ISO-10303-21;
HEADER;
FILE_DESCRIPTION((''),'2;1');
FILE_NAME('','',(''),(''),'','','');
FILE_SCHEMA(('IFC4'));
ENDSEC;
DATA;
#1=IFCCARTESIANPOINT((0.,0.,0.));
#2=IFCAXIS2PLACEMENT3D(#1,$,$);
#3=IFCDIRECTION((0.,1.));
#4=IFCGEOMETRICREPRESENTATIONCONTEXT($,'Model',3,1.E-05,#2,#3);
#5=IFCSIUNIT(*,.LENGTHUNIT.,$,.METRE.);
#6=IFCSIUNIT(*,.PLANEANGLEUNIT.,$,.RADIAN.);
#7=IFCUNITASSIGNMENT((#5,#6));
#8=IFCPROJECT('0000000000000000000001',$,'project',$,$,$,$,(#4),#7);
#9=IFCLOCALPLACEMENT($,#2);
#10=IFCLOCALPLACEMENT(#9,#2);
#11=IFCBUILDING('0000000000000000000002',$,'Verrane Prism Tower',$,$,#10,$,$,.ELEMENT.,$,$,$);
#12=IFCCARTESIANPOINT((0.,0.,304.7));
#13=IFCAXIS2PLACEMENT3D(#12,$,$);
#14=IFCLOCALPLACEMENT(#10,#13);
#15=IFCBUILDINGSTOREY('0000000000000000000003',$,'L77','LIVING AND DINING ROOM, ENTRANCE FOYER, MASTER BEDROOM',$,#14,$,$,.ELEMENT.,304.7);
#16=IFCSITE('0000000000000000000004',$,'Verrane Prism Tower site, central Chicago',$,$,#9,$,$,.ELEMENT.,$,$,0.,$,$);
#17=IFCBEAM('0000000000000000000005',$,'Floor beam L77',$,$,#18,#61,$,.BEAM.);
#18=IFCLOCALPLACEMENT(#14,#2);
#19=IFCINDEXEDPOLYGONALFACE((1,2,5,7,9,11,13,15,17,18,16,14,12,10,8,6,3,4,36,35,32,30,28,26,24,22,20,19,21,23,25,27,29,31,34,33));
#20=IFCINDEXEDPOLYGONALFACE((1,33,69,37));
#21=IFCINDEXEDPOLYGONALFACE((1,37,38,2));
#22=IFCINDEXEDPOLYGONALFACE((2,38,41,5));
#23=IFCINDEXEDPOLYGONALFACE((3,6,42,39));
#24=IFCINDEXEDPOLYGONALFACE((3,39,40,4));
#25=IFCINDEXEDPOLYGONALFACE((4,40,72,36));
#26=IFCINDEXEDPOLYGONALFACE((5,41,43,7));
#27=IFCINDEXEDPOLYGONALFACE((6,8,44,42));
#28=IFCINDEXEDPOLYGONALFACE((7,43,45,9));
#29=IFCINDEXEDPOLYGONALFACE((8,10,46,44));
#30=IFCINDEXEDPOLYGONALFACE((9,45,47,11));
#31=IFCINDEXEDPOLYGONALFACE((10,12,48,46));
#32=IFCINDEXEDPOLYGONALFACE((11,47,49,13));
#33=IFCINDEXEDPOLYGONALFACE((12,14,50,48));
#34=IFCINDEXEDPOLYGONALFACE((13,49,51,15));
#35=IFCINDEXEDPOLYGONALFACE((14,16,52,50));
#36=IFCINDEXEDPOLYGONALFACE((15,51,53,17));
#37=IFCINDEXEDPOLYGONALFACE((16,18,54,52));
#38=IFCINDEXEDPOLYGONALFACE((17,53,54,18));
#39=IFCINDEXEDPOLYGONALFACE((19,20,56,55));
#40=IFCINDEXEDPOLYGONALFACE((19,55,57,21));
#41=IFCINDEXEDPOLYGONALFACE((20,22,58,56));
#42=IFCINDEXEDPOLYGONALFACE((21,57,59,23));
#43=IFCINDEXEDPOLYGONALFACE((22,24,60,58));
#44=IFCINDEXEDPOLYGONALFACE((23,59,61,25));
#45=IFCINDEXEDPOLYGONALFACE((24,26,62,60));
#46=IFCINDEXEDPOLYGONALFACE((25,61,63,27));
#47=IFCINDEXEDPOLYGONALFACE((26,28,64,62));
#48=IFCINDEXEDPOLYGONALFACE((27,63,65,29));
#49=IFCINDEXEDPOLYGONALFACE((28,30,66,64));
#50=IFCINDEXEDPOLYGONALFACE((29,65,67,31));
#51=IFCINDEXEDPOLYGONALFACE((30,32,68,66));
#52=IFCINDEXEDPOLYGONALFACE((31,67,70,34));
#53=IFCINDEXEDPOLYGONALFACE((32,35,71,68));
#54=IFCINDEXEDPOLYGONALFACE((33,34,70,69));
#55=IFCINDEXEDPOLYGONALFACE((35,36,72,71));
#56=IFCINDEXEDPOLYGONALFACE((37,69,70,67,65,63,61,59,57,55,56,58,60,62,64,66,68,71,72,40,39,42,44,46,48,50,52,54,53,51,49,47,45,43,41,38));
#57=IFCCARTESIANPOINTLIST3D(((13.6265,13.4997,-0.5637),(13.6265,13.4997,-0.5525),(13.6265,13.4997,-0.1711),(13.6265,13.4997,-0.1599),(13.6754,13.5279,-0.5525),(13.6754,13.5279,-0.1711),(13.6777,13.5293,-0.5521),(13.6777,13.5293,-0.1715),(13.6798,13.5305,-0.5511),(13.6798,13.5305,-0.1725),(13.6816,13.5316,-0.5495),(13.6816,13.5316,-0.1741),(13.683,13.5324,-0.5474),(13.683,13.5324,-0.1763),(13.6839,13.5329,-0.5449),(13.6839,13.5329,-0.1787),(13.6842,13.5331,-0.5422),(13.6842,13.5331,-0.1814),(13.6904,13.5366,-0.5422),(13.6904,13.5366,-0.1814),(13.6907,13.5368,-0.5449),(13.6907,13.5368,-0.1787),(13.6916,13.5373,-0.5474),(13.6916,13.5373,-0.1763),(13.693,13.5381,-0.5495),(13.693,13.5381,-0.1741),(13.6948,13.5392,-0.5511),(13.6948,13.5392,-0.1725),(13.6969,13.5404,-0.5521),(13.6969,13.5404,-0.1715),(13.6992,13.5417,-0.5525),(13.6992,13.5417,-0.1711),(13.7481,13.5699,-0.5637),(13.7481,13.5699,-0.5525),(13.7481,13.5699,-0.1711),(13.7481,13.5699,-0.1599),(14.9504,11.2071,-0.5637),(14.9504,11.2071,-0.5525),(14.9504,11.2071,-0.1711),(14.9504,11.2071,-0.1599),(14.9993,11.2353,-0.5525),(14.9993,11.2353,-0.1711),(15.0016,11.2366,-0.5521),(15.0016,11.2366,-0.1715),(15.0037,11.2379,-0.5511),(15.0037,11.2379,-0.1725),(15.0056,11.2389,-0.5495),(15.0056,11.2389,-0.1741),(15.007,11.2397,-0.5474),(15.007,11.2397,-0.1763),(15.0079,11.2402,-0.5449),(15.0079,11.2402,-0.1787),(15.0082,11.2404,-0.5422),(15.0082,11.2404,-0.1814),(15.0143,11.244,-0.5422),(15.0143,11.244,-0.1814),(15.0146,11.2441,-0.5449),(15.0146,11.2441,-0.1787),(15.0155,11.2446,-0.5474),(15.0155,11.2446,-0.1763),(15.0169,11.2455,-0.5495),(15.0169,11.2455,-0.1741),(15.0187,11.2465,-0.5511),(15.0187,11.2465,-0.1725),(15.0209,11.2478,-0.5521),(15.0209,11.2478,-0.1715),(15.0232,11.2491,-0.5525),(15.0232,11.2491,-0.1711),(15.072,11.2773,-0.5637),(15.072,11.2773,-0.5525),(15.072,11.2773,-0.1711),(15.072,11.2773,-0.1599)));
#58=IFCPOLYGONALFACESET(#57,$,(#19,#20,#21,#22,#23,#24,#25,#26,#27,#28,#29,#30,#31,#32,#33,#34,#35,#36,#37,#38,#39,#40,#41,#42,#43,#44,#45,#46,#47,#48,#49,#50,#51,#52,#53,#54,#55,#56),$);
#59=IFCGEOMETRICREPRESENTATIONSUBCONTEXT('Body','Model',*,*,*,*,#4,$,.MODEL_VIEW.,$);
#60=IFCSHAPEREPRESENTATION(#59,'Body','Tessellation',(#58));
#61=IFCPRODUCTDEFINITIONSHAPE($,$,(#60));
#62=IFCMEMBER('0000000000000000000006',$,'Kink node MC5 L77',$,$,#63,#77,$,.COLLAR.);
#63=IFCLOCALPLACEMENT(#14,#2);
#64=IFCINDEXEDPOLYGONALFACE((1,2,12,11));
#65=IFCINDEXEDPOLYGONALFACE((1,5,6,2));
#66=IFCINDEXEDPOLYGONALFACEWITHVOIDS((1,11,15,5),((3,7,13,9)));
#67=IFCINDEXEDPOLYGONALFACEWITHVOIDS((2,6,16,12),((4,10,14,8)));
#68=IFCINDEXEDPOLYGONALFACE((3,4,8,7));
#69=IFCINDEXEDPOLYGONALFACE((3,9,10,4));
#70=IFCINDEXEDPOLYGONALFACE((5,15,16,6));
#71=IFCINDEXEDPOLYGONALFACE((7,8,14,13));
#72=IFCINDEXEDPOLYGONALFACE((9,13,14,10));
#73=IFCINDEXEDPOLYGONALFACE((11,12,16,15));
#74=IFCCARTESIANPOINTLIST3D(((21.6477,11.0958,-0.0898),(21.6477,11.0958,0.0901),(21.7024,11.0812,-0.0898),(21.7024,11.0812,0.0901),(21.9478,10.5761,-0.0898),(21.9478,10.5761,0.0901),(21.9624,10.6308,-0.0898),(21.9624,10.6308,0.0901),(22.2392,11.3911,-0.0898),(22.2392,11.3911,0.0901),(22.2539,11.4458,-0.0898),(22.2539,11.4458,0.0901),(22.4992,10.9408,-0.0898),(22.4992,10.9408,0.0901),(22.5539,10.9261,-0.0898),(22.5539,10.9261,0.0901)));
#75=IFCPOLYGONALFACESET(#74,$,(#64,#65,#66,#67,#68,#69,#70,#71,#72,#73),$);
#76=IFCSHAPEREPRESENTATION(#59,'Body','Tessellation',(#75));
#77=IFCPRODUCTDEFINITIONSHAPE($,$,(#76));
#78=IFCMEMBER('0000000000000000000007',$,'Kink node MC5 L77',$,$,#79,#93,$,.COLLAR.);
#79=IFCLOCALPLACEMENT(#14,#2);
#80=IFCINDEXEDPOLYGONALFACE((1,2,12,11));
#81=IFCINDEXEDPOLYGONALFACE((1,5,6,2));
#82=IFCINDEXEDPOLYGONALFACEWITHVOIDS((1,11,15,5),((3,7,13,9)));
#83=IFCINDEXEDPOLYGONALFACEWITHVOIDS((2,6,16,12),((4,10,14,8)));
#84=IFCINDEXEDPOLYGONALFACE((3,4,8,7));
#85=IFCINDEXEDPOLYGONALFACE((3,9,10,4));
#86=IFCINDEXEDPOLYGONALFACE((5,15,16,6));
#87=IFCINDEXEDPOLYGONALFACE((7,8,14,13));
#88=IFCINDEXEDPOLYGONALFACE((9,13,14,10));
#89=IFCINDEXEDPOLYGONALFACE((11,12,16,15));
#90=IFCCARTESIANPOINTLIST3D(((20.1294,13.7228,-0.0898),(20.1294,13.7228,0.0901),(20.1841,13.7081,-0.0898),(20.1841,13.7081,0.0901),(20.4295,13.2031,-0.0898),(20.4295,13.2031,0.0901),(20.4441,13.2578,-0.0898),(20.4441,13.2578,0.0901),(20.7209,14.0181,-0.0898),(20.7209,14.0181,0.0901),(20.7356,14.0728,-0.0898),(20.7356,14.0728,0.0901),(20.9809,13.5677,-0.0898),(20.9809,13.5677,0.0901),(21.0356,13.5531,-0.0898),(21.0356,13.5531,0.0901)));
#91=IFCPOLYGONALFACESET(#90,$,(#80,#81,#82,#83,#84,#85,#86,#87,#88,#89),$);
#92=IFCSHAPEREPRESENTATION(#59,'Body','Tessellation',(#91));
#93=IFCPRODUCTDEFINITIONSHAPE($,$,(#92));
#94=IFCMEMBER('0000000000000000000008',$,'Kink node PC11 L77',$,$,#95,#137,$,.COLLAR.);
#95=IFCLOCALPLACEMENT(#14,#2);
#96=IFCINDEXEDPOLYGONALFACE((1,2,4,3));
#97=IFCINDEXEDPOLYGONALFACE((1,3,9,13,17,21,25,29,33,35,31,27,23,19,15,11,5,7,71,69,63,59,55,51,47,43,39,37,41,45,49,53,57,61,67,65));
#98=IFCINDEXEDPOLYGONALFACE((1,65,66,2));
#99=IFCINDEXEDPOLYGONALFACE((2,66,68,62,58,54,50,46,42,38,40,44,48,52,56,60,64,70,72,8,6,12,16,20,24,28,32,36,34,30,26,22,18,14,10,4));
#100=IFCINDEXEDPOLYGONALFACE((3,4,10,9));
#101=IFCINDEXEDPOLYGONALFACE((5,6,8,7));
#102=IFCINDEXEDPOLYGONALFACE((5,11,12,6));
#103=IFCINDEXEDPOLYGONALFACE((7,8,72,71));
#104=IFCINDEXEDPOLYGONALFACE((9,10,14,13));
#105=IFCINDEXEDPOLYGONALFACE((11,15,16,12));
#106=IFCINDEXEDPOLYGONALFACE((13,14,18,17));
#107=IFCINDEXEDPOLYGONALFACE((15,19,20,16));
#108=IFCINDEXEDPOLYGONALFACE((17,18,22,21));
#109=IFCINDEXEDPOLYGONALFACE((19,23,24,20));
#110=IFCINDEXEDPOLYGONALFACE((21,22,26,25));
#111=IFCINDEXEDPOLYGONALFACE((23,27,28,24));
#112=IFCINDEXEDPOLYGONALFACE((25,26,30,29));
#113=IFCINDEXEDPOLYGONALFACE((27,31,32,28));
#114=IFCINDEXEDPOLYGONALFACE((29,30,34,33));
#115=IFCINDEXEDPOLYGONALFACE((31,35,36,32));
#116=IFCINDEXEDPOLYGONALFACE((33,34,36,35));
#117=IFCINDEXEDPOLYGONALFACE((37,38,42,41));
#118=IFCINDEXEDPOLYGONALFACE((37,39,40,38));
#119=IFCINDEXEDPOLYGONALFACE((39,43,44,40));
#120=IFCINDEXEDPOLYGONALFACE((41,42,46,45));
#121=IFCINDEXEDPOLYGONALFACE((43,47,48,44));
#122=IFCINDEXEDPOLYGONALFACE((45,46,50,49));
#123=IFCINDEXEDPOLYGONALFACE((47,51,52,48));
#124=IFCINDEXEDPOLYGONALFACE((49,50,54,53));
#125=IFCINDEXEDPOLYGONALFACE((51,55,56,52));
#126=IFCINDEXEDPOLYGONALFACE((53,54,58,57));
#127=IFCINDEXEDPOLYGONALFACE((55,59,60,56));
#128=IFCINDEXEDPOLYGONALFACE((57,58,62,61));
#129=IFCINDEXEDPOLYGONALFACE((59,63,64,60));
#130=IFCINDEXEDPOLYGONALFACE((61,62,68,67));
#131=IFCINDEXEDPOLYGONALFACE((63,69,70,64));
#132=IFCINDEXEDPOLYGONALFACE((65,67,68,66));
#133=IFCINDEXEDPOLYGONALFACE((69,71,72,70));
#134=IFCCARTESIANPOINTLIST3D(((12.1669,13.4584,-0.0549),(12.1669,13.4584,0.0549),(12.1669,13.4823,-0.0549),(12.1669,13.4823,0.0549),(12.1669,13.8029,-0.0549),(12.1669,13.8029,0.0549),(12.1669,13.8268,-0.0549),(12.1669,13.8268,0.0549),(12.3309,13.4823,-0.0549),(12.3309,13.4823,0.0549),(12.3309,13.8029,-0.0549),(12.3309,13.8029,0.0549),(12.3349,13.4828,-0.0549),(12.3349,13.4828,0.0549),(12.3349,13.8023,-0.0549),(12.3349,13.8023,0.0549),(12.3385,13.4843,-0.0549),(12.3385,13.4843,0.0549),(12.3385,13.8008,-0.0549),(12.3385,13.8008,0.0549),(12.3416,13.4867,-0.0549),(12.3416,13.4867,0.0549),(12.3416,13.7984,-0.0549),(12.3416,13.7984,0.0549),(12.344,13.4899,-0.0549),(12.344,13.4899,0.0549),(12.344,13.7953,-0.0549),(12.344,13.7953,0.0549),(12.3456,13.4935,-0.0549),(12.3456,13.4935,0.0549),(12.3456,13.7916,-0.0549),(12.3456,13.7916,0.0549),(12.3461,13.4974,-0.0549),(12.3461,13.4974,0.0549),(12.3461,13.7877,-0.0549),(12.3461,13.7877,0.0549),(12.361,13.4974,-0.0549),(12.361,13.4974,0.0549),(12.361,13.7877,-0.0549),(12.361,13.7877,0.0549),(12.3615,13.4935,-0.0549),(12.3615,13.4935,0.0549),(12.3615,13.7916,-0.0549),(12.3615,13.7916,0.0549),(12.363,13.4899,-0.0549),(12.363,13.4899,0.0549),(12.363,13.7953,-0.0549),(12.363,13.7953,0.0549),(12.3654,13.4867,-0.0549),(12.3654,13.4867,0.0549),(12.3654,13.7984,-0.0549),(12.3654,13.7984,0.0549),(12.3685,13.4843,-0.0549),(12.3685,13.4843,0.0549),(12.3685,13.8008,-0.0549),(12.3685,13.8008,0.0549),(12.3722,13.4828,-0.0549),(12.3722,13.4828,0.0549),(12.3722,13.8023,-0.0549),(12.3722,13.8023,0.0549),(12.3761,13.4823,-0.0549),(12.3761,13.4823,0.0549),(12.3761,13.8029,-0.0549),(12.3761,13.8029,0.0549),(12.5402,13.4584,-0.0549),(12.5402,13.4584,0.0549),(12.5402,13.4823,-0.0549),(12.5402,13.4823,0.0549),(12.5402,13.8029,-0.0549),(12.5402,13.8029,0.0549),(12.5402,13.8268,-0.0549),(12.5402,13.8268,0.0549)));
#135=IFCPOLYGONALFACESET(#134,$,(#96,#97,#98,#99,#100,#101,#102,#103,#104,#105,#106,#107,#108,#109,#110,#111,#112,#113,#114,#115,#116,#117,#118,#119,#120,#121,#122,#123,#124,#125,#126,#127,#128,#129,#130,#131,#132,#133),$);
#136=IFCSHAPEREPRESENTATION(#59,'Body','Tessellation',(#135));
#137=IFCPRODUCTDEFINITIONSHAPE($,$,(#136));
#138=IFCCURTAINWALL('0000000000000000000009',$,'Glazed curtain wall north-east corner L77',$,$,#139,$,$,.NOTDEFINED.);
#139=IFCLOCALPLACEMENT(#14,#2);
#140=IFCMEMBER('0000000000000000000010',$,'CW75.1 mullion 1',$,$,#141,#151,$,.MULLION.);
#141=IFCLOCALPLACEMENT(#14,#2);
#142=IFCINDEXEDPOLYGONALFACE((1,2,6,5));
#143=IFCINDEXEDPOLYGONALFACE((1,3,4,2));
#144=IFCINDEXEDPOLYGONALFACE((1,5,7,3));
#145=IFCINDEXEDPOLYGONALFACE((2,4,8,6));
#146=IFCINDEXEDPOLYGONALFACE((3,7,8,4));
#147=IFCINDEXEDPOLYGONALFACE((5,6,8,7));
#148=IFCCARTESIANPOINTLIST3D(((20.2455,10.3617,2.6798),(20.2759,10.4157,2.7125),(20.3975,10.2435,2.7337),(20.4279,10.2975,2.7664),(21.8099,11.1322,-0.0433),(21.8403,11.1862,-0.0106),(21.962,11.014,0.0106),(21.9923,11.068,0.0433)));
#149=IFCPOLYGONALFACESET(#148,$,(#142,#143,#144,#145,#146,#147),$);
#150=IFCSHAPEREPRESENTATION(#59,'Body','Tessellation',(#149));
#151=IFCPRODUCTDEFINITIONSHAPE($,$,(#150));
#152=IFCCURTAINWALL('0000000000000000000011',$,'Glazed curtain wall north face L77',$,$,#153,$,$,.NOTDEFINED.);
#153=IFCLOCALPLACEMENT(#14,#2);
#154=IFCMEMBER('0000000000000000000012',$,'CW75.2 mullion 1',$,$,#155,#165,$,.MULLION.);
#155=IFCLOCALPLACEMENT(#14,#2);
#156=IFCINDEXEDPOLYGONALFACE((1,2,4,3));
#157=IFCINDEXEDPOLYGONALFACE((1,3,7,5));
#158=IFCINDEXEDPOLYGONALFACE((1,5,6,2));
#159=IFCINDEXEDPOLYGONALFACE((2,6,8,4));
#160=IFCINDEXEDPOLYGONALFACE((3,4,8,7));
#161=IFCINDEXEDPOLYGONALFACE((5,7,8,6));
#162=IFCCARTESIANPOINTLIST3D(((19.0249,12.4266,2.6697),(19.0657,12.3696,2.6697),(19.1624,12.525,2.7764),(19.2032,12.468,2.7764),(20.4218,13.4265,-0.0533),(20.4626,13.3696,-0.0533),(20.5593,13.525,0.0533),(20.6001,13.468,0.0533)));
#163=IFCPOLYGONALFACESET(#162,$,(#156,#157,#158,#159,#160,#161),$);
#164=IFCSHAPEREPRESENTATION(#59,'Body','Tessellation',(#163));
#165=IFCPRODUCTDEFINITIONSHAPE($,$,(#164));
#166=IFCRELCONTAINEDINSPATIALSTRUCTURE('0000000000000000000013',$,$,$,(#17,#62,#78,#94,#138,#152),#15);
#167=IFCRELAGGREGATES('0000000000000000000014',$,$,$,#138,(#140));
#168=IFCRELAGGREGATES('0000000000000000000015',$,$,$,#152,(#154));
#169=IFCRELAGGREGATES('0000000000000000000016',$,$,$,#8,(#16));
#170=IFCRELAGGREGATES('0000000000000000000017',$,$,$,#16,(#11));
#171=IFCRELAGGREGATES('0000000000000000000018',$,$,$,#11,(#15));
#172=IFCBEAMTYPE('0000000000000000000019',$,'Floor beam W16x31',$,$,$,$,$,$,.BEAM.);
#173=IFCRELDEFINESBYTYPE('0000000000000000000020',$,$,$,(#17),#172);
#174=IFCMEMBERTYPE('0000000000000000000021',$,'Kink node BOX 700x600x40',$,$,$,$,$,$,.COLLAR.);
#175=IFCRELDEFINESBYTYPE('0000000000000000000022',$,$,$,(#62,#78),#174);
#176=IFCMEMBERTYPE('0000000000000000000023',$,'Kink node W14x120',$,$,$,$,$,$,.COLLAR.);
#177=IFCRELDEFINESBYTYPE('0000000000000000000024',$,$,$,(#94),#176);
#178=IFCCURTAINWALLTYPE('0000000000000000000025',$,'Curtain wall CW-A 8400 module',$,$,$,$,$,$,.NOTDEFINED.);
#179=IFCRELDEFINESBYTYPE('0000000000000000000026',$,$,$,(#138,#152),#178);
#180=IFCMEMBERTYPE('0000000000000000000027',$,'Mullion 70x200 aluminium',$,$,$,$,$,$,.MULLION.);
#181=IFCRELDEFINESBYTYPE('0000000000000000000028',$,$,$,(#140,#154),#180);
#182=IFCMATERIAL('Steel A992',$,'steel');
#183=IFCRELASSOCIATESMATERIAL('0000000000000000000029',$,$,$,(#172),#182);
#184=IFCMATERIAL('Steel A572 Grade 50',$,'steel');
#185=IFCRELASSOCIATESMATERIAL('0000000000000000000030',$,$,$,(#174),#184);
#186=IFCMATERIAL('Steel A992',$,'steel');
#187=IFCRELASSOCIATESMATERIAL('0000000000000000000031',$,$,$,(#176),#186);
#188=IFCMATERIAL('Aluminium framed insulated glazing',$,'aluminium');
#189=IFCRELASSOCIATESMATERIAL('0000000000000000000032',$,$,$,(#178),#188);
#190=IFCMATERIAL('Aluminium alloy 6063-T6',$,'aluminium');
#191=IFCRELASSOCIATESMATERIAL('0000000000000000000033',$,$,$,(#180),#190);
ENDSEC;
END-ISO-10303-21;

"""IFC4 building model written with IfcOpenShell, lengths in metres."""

from ifc_helpers import new_model, si_unit, direction, frame, origin, origin_2d, place, context, subcontext, project, spatial, rectangle, hollow_rectangle, i_section, extrude, material, material_profile, profile_set, type_object, element, aggregate, save


model = new_model("IFC4")

# Units and contexts
model_context = context("Model", 3, precision=1e-05, world=origin(), true_north=direction((0.0, 1.0)))
body_context = subcontext(model_context, "Body", "Model", "MODEL_VIEW")
ifc_project = project(units=[si_unit("LENGTHUNIT", "METRE"), si_unit("PLANEANGLEUNIT", "RADIAN")], contexts=[model_context])

# Site, building, storey
site_placement = place(None, origin())
site = spatial("IfcSite", under=ifc_project, at=site_placement, Name="Verrane Prism Tower site, central Chicago", CompositionType="ELEMENT", RefElevation=0.0)
building_placement = place(site_placement, origin())
building = spatial("IfcBuilding", under=site, at=building_placement, Name="Verrane Prism Tower", CompositionType="ELEMENT")
storey_placement = place(building_placement, frame((0.0, 0.0, 304.7)))
storey = spatial("IfcBuildingStorey", under=building, at=storey_placement, Name="L77", Description="LIVING AND DINING ROOM, ENTRANCE FOYER, MASTER BEDROOM", CompositionType="ELEMENT", Elevation=304.7)

# Beam
ifc_material_1 = material(Name="Steel A992", Category="steel")
ifc_material_profile_1 = material_profile(ifc_material_1, i_section(OverallWidth=0.1404, OverallDepth=0.4038, WebThickness=0.0071, FlangeThickness=0.0112, FilletRadius=0.0103, at=origin_2d()), Name="W16x31")
ifc_profile_set_1 = profile_set([ifc_material_profile_1], Name="Steel A992")
beam_type_1 = type_object("IfcBeamType", Name="Floor beam W16x31", PredefinedType="BEAM", material=ifc_profile_set_1)
beam_1_placement = place(storey_placement, frame((15.0112, 11.2422, -0.3618), z_axis=(-0.500076, 0.865981, 0.0), x_axis=(-0.865981, -0.500076, 0.0)))
element("IfcBeam", 1, at=beam_1_placement, inside=storey, type_object=beam_type_1, Name="Floor beam L77", PredefinedType="BEAM", context=body_context, shape_type="SweptSolid", body=[
    extrude(i_section(OverallWidth=0.1404, OverallDepth=0.4038, WebThickness=0.0071, FlangeThickness=0.0112, FilletRadius=0.0103, at=origin_2d()), origin(), (0.0, 0.0, 1.0), 2.6475),
])

# Members
ifc_material_2 = material(Name="Steel A572 Grade 50", Category="steel")
ifc_material_profile_2 = material_profile(ifc_material_2, hollow_rectangle(XDim=0.6001, YDim=0.7, WallThickness=0.04, at=origin_2d()), Name="BOX 700x600x40")
ifc_profile_set_2 = profile_set([ifc_material_profile_2], Name="Steel A572 Grade 50")
member_type_1 = type_object("IfcMemberType", Name="Kink node BOX 700x600x40", PredefinedType="COLLAR", material=ifc_profile_set_2)
for number, where, z_axis, x_axis, name in (
    (2, (22.1008, 11.011, -0.0898), (0.0, 0.0, 1.0), (0.5, -0.866025, 0.0), "Kink node MC5 L77"),
    (3, (20.5825, 13.6379, -0.0898), (0.0, 0.0, 1.0), (0.5, -0.866025, 0.0), "Kink node MC5 L77"),
):
    element("IfcMember", number, at=place(storey_placement, frame(where, z_axis=z_axis, x_axis=x_axis)), inside=storey, type_object=member_type_1, Name=name, PredefinedType="COLLAR", context=body_context, shape_type="SweptSolid", body=[
        extrude(hollow_rectangle(XDim=0.6001, YDim=0.7, WallThickness=0.04, at=origin_2d()), origin(), (0.0, 0.0, 1.0), 0.1799),
    ])
ifc_material_3 = material(Name="Steel A992", Category="steel")
ifc_material_profile_3 = material_profile(ifc_material_3, i_section(OverallWidth=0.3733, OverallDepth=0.3684, WebThickness=0.0149, FlangeThickness=0.0239, FilletRadius=0.0151, at=origin_2d()), Name="W14x120")
ifc_profile_set_3 = profile_set([ifc_material_profile_3], Name="Steel A992")
member_type_2 = type_object("IfcMemberType", Name="Kink node W14x120", PredefinedType="COLLAR", material=ifc_profile_set_3)
member_1_placement = place(storey_placement, frame((12.3535, 13.6426, -0.0549), z_axis=(0.0, 0.0, 1.0), x_axis=(1.0, 0.0, 0.0)))
element("IfcMember", 4, at=member_1_placement, inside=storey, type_object=member_type_2, Name="Kink node PC11 L77", PredefinedType="COLLAR", context=body_context, shape_type="SweptSolid", body=[
    extrude(i_section(OverallWidth=0.3733, OverallDepth=0.3684, WebThickness=0.0149, FlangeThickness=0.0239, FilletRadius=0.0151, at=origin_2d()), origin(), (0.0, 0.0, 1.0), 0.1099),
])

# Curtain walls, members
ifc_material_4 = material(Name="Aluminium framed insulated glazing", Category="aluminium")
curtain_wall_type = type_object("IfcCurtainWallType", Name="Curtain wall CW-A 8400 module", PredefinedType="NOTDEFINED", material=ifc_material_4)
curtain_wall_1_placement = place(storey_placement, origin())
curtain_wall_1 = element("IfcCurtainWall", 5, at=curtain_wall_1_placement, inside=storey, type_object=curtain_wall_type, Name="Glazed curtain wall north-east corner L77", PredefinedType="NOTDEFINED")
ifc_material_5 = material(Name="Aluminium alloy 6063-T6", Category="aluminium")
ifc_material_profile_4 = material_profile(ifc_material_5, rectangle(XDim=0.2, YDim=0.0701, at=origin_2d()), Name="Mullion 70x200 aluminium")
ifc_profile_set_4 = profile_set([ifc_material_profile_4], Name="Aluminium alloy 6063-T6")
member_type_3 = type_object("IfcMemberType", Name="Mullion 70x200 aluminium", PredefinedType="MULLION", material=ifc_profile_set_4)
member_2_placement = place(storey_placement, frame((21.9011, 11.1001, 0.0), z_axis=(-0.483799, -0.238276, 0.842118), x_axis=(-0.760368, 0.590872, -0.269648)))
member_2 = element("IfcMember", 6, at=member_2_placement, type_object=member_type_3, Name="CW75.1 mullion 1", PredefinedType="MULLION", context=body_context, shape_type="SweptSolid", body=[
    extrude(rectangle(XDim=0.2, YDim=0.0701, at=origin_2d()), origin(), (0.0, 0.0, 1.0), 3.2336),
])
curtain_wall_2_placement = place(storey_placement, origin())
curtain_wall_2 = element("IfcCurtainWall", 7, at=curtain_wall_2_placement, inside=storey, type_object=curtain_wall_type, Name="Glazed curtain wall north face L77", PredefinedType="NOTDEFINED")
member_3_placement = place(storey_placement, frame((20.511, 13.4473, 0.0), z_axis=(-0.433871, -0.310579, 0.845752), x_axis=(-0.687713, -0.492288, -0.533576)))
member_3 = element("IfcMember", 8, at=member_3_placement, type_object=member_type_3, Name="CW75.2 mullion 1", PredefinedType="MULLION", context=body_context, shape_type="SweptSolid", body=[
    extrude(rectangle(XDim=0.2, YDim=0.0701, at=origin_2d()), origin(), (0.0, 0.0, 1.0), 3.2197),
])

aggregate(curtain_wall_1, [member_2])
aggregate(curtain_wall_2, [member_3])

save(model, "model.ifc")
